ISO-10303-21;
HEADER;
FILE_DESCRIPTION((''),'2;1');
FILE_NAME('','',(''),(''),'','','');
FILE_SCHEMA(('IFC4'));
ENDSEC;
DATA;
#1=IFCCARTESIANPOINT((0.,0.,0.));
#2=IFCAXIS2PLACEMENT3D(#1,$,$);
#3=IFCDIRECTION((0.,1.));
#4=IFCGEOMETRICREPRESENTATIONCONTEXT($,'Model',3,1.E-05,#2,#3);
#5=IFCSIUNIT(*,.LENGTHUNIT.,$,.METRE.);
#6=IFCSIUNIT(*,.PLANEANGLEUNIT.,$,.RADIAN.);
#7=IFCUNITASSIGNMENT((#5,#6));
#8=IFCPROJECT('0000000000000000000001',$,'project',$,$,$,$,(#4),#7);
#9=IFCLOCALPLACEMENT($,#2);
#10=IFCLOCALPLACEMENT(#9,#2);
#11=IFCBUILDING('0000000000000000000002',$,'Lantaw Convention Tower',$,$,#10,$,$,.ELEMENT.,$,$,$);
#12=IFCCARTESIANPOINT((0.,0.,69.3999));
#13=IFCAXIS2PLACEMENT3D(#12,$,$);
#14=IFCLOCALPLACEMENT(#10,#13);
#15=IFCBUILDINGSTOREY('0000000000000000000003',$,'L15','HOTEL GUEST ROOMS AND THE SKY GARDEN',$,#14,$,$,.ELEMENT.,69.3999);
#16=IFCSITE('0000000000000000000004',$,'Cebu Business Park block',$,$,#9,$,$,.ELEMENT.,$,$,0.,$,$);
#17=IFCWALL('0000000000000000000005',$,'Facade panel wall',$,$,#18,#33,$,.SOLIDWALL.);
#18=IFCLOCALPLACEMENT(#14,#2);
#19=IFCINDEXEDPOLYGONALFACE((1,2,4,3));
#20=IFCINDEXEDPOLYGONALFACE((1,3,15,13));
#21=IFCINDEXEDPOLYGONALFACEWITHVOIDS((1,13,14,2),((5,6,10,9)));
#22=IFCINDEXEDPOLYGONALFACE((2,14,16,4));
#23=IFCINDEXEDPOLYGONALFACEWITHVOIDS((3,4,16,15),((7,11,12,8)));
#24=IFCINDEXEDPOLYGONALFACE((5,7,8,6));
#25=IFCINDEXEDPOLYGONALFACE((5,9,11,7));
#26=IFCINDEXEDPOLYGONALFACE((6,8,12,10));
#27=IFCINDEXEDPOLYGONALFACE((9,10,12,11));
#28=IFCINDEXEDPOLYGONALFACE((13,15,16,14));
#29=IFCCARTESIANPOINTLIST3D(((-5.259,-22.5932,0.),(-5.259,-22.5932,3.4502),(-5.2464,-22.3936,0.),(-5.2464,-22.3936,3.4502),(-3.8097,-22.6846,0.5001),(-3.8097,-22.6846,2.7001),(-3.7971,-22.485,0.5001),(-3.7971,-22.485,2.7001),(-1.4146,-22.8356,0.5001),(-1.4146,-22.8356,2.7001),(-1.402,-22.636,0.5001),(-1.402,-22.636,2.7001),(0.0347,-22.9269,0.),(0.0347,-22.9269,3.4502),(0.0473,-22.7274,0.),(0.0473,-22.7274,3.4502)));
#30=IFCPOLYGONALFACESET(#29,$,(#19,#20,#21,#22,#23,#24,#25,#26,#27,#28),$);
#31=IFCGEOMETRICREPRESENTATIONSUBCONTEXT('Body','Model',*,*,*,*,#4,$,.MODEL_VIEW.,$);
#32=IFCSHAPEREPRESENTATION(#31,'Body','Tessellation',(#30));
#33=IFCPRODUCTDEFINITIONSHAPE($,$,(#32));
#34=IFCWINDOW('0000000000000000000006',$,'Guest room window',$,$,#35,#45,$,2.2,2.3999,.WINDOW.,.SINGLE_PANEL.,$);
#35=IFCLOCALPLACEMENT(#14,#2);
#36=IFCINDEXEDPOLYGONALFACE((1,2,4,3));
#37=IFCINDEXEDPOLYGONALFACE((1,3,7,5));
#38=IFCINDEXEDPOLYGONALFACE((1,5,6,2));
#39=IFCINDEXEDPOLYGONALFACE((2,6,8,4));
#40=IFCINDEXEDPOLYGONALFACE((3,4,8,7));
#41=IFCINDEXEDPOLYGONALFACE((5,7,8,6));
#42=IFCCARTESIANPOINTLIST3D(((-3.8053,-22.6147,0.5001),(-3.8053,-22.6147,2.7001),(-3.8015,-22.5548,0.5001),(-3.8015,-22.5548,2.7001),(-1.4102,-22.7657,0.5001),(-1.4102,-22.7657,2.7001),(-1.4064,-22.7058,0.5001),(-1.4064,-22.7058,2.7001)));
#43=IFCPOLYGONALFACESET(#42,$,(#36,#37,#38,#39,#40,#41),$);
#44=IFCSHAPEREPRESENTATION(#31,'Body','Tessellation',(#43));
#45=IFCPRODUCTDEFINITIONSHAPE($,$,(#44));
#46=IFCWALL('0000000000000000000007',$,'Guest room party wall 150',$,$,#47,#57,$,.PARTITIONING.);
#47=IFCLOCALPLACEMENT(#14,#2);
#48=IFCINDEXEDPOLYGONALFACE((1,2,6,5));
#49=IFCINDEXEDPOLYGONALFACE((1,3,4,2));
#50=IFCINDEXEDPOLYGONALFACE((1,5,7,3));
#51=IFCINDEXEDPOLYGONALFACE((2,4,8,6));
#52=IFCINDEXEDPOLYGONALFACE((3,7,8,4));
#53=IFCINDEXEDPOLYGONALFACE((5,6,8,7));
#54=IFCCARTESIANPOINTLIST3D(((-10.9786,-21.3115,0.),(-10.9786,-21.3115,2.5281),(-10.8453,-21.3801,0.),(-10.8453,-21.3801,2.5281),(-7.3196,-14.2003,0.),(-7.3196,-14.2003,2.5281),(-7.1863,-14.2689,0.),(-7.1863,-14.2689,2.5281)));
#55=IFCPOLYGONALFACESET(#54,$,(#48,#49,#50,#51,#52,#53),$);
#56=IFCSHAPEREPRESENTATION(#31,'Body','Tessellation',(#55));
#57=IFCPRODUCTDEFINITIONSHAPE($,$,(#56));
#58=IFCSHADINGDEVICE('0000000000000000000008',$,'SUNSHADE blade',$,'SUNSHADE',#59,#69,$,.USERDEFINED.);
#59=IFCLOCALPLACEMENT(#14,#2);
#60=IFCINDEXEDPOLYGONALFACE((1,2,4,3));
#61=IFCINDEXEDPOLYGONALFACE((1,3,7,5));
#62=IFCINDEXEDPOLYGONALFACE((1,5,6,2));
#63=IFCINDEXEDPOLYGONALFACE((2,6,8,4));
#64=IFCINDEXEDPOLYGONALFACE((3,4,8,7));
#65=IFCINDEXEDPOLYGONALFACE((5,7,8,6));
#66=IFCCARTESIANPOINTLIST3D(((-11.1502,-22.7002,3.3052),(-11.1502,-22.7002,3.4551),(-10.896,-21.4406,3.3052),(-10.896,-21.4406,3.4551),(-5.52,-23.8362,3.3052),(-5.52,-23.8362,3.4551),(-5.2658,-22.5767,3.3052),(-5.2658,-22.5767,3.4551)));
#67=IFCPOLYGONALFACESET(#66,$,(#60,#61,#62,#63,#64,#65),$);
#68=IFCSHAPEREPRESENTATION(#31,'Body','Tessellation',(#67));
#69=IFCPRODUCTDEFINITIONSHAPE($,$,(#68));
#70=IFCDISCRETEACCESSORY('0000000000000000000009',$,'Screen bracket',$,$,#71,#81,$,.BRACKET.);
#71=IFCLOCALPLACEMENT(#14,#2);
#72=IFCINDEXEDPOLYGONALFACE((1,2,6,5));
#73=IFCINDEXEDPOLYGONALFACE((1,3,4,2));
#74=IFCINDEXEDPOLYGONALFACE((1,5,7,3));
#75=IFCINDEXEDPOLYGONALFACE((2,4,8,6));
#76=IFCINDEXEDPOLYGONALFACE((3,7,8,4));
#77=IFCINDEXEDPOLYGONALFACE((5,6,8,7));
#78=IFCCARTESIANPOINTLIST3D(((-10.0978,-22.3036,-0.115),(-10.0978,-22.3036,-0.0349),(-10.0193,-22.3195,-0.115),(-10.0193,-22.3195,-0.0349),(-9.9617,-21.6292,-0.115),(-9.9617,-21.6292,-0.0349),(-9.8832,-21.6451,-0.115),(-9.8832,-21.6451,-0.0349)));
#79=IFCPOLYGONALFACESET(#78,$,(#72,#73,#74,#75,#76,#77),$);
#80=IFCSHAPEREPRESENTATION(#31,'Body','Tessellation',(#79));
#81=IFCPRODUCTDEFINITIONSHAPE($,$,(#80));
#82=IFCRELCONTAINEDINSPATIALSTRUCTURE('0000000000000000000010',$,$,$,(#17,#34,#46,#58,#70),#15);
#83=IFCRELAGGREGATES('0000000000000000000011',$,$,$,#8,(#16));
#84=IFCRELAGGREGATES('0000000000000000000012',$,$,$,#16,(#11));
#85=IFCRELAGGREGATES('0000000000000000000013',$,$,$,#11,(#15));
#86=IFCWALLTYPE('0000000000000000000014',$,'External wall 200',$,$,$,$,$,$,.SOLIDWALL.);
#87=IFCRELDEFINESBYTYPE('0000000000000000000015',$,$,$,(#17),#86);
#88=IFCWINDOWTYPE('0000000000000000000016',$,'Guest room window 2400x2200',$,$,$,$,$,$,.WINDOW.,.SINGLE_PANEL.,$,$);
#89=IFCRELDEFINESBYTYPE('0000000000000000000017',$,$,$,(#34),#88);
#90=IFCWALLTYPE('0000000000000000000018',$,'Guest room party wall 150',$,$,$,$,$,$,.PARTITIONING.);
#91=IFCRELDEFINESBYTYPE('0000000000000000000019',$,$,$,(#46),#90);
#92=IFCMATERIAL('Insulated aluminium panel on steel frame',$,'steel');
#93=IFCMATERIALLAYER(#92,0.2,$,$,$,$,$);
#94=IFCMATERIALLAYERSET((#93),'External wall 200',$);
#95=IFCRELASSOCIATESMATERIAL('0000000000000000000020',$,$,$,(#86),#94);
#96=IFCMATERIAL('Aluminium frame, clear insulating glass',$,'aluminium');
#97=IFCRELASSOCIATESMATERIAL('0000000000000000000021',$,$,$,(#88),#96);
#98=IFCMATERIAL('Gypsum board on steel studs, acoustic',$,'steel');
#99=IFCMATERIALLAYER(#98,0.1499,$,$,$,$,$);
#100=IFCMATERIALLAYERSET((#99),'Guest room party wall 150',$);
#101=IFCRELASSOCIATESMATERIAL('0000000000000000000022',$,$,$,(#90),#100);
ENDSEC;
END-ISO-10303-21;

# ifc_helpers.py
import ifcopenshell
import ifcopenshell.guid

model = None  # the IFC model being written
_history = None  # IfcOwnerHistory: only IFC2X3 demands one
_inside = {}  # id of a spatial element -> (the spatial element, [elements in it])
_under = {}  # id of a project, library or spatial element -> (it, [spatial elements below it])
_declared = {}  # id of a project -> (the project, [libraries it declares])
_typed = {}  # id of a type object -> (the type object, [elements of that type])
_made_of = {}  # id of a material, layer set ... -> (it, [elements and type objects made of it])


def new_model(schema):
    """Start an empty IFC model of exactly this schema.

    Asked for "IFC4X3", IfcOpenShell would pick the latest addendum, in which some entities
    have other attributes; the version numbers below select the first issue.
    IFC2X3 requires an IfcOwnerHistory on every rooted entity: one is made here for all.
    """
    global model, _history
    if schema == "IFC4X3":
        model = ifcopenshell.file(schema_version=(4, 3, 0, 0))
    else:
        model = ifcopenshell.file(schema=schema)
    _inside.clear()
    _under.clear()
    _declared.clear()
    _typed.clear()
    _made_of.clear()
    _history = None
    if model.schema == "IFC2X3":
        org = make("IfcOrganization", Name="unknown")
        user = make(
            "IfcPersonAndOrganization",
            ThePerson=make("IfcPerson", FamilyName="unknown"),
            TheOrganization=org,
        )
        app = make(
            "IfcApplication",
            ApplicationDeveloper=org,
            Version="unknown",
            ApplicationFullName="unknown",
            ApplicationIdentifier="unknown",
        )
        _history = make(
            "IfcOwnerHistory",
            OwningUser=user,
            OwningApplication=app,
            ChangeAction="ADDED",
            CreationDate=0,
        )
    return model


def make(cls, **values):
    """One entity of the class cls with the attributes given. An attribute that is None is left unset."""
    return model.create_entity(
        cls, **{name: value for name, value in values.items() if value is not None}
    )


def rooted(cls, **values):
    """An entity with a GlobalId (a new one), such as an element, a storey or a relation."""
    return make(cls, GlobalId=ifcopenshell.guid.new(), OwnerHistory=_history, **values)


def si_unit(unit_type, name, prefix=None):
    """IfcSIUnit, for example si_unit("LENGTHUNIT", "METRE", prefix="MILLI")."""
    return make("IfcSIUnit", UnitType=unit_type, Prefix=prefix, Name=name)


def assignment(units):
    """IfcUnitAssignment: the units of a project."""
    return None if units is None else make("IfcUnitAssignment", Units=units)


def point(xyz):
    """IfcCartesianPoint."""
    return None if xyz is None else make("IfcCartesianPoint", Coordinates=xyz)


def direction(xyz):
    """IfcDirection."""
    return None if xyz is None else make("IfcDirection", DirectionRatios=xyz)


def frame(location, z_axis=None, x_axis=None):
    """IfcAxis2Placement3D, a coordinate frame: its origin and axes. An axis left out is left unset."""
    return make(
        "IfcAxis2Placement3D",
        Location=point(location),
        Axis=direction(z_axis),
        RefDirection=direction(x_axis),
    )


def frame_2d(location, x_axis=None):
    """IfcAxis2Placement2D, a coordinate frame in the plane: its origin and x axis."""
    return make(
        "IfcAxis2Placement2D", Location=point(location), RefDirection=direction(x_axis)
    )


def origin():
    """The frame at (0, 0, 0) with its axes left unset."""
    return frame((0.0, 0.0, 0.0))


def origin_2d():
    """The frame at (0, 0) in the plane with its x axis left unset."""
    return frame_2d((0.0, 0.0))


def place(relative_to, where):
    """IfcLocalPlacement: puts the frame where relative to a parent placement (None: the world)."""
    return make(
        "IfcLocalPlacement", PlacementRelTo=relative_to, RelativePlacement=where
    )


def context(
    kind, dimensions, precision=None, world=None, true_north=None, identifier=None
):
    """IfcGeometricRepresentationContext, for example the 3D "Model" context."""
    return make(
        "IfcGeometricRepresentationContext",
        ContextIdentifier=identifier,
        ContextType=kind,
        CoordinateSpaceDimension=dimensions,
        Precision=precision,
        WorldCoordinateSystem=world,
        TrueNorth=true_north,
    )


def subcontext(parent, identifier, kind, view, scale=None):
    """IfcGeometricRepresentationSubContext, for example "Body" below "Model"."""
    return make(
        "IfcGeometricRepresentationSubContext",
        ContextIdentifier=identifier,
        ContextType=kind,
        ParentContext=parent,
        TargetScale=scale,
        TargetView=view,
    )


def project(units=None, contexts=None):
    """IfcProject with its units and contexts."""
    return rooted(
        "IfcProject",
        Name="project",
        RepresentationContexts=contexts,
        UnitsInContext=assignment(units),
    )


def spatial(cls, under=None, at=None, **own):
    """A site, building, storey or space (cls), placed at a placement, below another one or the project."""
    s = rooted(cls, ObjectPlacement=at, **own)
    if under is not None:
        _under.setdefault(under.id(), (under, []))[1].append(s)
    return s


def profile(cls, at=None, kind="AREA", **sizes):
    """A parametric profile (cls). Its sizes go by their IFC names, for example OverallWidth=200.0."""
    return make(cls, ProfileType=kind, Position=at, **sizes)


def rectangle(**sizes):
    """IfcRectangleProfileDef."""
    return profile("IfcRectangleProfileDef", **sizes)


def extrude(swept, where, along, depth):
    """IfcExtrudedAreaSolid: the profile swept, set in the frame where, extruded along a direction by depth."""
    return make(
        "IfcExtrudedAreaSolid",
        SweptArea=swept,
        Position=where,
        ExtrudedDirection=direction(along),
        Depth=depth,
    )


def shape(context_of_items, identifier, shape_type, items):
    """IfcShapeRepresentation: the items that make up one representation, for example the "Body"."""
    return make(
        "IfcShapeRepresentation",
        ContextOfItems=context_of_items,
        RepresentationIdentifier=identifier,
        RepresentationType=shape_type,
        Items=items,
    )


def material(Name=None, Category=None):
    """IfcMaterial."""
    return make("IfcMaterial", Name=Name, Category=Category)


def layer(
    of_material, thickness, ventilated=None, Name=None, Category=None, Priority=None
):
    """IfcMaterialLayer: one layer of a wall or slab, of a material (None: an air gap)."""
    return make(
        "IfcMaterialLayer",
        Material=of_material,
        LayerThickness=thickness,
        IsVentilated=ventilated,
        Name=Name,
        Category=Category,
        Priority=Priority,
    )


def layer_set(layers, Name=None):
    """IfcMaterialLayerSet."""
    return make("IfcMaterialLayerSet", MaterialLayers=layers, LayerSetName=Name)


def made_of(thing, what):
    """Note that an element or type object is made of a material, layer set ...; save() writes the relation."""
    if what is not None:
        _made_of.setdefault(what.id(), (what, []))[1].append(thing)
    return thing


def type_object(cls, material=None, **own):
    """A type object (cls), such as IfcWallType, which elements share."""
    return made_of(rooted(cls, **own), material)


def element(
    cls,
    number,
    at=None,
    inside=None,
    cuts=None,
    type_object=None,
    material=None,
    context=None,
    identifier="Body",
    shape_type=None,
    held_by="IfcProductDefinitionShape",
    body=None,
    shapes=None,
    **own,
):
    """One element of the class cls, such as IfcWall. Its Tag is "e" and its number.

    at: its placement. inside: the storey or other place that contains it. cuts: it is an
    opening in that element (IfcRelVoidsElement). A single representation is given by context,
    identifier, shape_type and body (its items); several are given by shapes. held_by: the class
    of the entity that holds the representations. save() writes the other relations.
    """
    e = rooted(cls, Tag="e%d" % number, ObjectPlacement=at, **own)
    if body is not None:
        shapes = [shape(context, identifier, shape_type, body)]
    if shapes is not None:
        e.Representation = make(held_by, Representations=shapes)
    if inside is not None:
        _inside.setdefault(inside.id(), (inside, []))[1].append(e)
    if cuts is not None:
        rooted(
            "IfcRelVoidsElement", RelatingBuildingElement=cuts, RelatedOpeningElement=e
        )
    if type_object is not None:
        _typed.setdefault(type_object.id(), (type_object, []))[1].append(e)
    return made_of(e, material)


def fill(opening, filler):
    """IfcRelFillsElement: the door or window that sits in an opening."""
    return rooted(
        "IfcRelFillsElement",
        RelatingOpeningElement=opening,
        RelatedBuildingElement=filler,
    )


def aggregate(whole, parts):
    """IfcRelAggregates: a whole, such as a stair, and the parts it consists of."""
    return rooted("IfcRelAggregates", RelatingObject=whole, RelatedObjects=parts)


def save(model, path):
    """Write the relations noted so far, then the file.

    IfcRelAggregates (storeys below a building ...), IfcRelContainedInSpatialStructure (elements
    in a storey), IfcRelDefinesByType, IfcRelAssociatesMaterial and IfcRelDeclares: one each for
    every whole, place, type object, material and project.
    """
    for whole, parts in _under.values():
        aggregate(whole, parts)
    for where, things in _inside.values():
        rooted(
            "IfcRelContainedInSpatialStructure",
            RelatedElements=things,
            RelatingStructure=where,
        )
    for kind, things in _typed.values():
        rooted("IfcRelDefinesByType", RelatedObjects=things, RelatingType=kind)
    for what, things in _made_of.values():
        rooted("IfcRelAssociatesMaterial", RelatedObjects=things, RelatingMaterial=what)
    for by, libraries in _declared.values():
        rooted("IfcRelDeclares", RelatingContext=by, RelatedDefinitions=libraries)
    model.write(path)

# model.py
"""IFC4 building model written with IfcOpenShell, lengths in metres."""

from ifc_helpers import new_model, si_unit, direction, frame, frame_2d, origin, origin_2d, place, context, subcontext, project, spatial, rectangle, extrude, material, layer, layer_set, type_object, element, fill, save


model = new_model("IFC4")

# Units and contexts
model_context = context("Model", 3, precision=1e-05, world=origin(), true_north=direction((0.0, 1.0)))
body_context = subcontext(model_context, "Body", "Model", "MODEL_VIEW")
ifc_project = project(units=[si_unit("LENGTHUNIT", "METRE"), si_unit("PLANEANGLEUNIT", "RADIAN")], contexts=[model_context])

# Site, building, storey
site_placement = place(None, origin())
site = spatial("IfcSite", under=ifc_project, at=site_placement, Name="Cebu Business Park block", CompositionType="ELEMENT", RefElevation=0.0)
building_placement = place(site_placement, origin())
building = spatial("IfcBuilding", under=site, at=building_placement, Name="Lantaw Convention Tower", CompositionType="ELEMENT")
storey_placement = place(building_placement, frame((0.0, 0.0, 69.3999)))
storey = spatial("IfcBuildingStorey", under=building, at=storey_placement, Name="L15", Description="HOTEL GUEST ROOMS AND THE SKY GARDEN", CompositionType="ELEMENT", Elevation=69.3999)

# Wall, opening, window
ifc_material_1 = material(Name="Insulated aluminium panel on steel frame", Category="steel")
ifc_layer_1 = layer(ifc_material_1, 0.2)
ifc_layer_set_1 = layer_set([ifc_layer_1], Name="External wall 200")
wall_type_1 = type_object("IfcWallType", Name="External wall 200", PredefinedType="SOLIDWALL", material=ifc_layer_set_1)
ifc_material_2 = material(Name="Aluminium frame, clear insulating glass", Category="aluminium")
window_type = type_object("IfcWindowType", Name="Guest room window 2400x2200", PartitioningType="SINGLE_PANEL", PredefinedType="WINDOW", material=ifc_material_2)
wall_1_placement = place(storey_placement, frame((-5.2527, -22.4934, 0.0), z_axis=(0.0, 0.0, 1.0), x_axis=(0.998019, -0.06292, 0.0)))
wall_1 = element("IfcWall", 1, at=wall_1_placement, inside=storey, type_object=wall_type_1, Name="Facade panel wall", PredefinedType="SOLIDWALL", context=body_context, shape_type="SweptSolid", body=[
    extrude(rectangle(XDim=5.3042, YDim=0.2, at=frame_2d((2.6521, 0.0))), origin(), (0.0, 0.0, 1.0), 3.4502),
])
opening_1_placement = place(wall_1_placement, frame((1.4521, 0.0, 0.5)))
opening_1 = element("IfcOpeningElement", 2, at=opening_1_placement, cuts=wall_1, PredefinedType="OPENING", context=body_context, shape_type="SweptSolid", body=[
    extrude(rectangle(XDim=2.3999, YDim=2.2, at=frame_2d((1.2, 1.1001))), frame((0.0, 0.1099, 0.0), z_axis=(0.0, -1.0, 0.0), x_axis=(1.0, 0.0, 0.0)), (0.0, 0.0, 1.0), 0.22),
])
window_1_placement = place(opening_1_placement, origin())
window_1 = element("IfcWindow", 3, at=window_1_placement, inside=storey, type_object=window_type, Name="Guest room window", OverallHeight=2.2, OverallWidth=2.3999, PartitioningType="SINGLE_PANEL", PredefinedType="WINDOW", context=body_context, shape_type="SweptSolid", body=[
    extrude(rectangle(XDim=2.3999, YDim=2.2, at=frame_2d((1.2, 1.1001))), frame((0.0, 0.03, 0.0), z_axis=(0.0, -1.0, 0.0), x_axis=(1.0, 0.0, 0.0)), (0.0, 0.0, 1.0), 0.0601),
])
fill(opening_1, window_1)

# Wall
ifc_material_3 = material(Name="Gypsum board on steel studs, acoustic", Category="steel")
ifc_layer_2 = layer(ifc_material_3, 0.1499)
ifc_layer_set_2 = layer_set([ifc_layer_2], Name="Guest room party wall 150")
wall_type_2 = type_object("IfcWallType", Name="Guest room party wall 150", PredefinedType="PARTITIONING", material=ifc_layer_set_2)
wall_2_placement = place(storey_placement, frame((-10.9119, -21.3457, 0.0), z_axis=(0.0, 0.0, 1.0), x_axis=(0.457527, 0.889196, 0.0)))
element("IfcWall", 4, at=wall_2_placement, inside=storey, type_object=wall_type_2, Name="Guest room party wall 150", PredefinedType="PARTITIONING", context=body_context, shape_type="SweptSolid", body=[
    extrude(rectangle(XDim=7.9973, YDim=0.1499, at=frame_2d((3.9985, 0.0))), origin(), (0.0, 0.0, 1.0), 2.5281),
])

# Shading device
shading_device_placement = place(storey_placement, frame((-8.208, -22.6384, 3.3052), z_axis=(0.0, 0.0, 1.0), x_axis=(0.980245, -0.197789, 0.0)))
element("IfcShadingDevice", 5, at=shading_device_placement, inside=storey, Name="SUNSHADE blade", ObjectType="SUNSHADE", PredefinedType="USERDEFINED", context=body_context, shape_type="SweptSolid", body=[
    extrude(rectangle(XDim=5.7437, YDim=1.2849, at=origin_2d()), origin(), (0.0, 0.0, 1.0), 0.1499),
])

# Discrete accessory
discrete_accessory_placement = place(storey_placement, frame((-9.9905, -21.9744, -0.115), z_axis=(0.0, 0.0, 1.0), x_axis=(0.980245, -0.197789, 0.0)))
element("IfcDiscreteAccessory", 6, at=discrete_accessory_placement, inside=storey, Name="Screen bracket", PredefinedType="BRACKET", context=body_context, shape_type="SweptSolid", body=[
    extrude(rectangle(XDim=0.0801, YDim=0.688, at=origin_2d()), origin(), (0.0, 0.0, 1.0), 0.0801),
])

save(model, "model.ifc")
